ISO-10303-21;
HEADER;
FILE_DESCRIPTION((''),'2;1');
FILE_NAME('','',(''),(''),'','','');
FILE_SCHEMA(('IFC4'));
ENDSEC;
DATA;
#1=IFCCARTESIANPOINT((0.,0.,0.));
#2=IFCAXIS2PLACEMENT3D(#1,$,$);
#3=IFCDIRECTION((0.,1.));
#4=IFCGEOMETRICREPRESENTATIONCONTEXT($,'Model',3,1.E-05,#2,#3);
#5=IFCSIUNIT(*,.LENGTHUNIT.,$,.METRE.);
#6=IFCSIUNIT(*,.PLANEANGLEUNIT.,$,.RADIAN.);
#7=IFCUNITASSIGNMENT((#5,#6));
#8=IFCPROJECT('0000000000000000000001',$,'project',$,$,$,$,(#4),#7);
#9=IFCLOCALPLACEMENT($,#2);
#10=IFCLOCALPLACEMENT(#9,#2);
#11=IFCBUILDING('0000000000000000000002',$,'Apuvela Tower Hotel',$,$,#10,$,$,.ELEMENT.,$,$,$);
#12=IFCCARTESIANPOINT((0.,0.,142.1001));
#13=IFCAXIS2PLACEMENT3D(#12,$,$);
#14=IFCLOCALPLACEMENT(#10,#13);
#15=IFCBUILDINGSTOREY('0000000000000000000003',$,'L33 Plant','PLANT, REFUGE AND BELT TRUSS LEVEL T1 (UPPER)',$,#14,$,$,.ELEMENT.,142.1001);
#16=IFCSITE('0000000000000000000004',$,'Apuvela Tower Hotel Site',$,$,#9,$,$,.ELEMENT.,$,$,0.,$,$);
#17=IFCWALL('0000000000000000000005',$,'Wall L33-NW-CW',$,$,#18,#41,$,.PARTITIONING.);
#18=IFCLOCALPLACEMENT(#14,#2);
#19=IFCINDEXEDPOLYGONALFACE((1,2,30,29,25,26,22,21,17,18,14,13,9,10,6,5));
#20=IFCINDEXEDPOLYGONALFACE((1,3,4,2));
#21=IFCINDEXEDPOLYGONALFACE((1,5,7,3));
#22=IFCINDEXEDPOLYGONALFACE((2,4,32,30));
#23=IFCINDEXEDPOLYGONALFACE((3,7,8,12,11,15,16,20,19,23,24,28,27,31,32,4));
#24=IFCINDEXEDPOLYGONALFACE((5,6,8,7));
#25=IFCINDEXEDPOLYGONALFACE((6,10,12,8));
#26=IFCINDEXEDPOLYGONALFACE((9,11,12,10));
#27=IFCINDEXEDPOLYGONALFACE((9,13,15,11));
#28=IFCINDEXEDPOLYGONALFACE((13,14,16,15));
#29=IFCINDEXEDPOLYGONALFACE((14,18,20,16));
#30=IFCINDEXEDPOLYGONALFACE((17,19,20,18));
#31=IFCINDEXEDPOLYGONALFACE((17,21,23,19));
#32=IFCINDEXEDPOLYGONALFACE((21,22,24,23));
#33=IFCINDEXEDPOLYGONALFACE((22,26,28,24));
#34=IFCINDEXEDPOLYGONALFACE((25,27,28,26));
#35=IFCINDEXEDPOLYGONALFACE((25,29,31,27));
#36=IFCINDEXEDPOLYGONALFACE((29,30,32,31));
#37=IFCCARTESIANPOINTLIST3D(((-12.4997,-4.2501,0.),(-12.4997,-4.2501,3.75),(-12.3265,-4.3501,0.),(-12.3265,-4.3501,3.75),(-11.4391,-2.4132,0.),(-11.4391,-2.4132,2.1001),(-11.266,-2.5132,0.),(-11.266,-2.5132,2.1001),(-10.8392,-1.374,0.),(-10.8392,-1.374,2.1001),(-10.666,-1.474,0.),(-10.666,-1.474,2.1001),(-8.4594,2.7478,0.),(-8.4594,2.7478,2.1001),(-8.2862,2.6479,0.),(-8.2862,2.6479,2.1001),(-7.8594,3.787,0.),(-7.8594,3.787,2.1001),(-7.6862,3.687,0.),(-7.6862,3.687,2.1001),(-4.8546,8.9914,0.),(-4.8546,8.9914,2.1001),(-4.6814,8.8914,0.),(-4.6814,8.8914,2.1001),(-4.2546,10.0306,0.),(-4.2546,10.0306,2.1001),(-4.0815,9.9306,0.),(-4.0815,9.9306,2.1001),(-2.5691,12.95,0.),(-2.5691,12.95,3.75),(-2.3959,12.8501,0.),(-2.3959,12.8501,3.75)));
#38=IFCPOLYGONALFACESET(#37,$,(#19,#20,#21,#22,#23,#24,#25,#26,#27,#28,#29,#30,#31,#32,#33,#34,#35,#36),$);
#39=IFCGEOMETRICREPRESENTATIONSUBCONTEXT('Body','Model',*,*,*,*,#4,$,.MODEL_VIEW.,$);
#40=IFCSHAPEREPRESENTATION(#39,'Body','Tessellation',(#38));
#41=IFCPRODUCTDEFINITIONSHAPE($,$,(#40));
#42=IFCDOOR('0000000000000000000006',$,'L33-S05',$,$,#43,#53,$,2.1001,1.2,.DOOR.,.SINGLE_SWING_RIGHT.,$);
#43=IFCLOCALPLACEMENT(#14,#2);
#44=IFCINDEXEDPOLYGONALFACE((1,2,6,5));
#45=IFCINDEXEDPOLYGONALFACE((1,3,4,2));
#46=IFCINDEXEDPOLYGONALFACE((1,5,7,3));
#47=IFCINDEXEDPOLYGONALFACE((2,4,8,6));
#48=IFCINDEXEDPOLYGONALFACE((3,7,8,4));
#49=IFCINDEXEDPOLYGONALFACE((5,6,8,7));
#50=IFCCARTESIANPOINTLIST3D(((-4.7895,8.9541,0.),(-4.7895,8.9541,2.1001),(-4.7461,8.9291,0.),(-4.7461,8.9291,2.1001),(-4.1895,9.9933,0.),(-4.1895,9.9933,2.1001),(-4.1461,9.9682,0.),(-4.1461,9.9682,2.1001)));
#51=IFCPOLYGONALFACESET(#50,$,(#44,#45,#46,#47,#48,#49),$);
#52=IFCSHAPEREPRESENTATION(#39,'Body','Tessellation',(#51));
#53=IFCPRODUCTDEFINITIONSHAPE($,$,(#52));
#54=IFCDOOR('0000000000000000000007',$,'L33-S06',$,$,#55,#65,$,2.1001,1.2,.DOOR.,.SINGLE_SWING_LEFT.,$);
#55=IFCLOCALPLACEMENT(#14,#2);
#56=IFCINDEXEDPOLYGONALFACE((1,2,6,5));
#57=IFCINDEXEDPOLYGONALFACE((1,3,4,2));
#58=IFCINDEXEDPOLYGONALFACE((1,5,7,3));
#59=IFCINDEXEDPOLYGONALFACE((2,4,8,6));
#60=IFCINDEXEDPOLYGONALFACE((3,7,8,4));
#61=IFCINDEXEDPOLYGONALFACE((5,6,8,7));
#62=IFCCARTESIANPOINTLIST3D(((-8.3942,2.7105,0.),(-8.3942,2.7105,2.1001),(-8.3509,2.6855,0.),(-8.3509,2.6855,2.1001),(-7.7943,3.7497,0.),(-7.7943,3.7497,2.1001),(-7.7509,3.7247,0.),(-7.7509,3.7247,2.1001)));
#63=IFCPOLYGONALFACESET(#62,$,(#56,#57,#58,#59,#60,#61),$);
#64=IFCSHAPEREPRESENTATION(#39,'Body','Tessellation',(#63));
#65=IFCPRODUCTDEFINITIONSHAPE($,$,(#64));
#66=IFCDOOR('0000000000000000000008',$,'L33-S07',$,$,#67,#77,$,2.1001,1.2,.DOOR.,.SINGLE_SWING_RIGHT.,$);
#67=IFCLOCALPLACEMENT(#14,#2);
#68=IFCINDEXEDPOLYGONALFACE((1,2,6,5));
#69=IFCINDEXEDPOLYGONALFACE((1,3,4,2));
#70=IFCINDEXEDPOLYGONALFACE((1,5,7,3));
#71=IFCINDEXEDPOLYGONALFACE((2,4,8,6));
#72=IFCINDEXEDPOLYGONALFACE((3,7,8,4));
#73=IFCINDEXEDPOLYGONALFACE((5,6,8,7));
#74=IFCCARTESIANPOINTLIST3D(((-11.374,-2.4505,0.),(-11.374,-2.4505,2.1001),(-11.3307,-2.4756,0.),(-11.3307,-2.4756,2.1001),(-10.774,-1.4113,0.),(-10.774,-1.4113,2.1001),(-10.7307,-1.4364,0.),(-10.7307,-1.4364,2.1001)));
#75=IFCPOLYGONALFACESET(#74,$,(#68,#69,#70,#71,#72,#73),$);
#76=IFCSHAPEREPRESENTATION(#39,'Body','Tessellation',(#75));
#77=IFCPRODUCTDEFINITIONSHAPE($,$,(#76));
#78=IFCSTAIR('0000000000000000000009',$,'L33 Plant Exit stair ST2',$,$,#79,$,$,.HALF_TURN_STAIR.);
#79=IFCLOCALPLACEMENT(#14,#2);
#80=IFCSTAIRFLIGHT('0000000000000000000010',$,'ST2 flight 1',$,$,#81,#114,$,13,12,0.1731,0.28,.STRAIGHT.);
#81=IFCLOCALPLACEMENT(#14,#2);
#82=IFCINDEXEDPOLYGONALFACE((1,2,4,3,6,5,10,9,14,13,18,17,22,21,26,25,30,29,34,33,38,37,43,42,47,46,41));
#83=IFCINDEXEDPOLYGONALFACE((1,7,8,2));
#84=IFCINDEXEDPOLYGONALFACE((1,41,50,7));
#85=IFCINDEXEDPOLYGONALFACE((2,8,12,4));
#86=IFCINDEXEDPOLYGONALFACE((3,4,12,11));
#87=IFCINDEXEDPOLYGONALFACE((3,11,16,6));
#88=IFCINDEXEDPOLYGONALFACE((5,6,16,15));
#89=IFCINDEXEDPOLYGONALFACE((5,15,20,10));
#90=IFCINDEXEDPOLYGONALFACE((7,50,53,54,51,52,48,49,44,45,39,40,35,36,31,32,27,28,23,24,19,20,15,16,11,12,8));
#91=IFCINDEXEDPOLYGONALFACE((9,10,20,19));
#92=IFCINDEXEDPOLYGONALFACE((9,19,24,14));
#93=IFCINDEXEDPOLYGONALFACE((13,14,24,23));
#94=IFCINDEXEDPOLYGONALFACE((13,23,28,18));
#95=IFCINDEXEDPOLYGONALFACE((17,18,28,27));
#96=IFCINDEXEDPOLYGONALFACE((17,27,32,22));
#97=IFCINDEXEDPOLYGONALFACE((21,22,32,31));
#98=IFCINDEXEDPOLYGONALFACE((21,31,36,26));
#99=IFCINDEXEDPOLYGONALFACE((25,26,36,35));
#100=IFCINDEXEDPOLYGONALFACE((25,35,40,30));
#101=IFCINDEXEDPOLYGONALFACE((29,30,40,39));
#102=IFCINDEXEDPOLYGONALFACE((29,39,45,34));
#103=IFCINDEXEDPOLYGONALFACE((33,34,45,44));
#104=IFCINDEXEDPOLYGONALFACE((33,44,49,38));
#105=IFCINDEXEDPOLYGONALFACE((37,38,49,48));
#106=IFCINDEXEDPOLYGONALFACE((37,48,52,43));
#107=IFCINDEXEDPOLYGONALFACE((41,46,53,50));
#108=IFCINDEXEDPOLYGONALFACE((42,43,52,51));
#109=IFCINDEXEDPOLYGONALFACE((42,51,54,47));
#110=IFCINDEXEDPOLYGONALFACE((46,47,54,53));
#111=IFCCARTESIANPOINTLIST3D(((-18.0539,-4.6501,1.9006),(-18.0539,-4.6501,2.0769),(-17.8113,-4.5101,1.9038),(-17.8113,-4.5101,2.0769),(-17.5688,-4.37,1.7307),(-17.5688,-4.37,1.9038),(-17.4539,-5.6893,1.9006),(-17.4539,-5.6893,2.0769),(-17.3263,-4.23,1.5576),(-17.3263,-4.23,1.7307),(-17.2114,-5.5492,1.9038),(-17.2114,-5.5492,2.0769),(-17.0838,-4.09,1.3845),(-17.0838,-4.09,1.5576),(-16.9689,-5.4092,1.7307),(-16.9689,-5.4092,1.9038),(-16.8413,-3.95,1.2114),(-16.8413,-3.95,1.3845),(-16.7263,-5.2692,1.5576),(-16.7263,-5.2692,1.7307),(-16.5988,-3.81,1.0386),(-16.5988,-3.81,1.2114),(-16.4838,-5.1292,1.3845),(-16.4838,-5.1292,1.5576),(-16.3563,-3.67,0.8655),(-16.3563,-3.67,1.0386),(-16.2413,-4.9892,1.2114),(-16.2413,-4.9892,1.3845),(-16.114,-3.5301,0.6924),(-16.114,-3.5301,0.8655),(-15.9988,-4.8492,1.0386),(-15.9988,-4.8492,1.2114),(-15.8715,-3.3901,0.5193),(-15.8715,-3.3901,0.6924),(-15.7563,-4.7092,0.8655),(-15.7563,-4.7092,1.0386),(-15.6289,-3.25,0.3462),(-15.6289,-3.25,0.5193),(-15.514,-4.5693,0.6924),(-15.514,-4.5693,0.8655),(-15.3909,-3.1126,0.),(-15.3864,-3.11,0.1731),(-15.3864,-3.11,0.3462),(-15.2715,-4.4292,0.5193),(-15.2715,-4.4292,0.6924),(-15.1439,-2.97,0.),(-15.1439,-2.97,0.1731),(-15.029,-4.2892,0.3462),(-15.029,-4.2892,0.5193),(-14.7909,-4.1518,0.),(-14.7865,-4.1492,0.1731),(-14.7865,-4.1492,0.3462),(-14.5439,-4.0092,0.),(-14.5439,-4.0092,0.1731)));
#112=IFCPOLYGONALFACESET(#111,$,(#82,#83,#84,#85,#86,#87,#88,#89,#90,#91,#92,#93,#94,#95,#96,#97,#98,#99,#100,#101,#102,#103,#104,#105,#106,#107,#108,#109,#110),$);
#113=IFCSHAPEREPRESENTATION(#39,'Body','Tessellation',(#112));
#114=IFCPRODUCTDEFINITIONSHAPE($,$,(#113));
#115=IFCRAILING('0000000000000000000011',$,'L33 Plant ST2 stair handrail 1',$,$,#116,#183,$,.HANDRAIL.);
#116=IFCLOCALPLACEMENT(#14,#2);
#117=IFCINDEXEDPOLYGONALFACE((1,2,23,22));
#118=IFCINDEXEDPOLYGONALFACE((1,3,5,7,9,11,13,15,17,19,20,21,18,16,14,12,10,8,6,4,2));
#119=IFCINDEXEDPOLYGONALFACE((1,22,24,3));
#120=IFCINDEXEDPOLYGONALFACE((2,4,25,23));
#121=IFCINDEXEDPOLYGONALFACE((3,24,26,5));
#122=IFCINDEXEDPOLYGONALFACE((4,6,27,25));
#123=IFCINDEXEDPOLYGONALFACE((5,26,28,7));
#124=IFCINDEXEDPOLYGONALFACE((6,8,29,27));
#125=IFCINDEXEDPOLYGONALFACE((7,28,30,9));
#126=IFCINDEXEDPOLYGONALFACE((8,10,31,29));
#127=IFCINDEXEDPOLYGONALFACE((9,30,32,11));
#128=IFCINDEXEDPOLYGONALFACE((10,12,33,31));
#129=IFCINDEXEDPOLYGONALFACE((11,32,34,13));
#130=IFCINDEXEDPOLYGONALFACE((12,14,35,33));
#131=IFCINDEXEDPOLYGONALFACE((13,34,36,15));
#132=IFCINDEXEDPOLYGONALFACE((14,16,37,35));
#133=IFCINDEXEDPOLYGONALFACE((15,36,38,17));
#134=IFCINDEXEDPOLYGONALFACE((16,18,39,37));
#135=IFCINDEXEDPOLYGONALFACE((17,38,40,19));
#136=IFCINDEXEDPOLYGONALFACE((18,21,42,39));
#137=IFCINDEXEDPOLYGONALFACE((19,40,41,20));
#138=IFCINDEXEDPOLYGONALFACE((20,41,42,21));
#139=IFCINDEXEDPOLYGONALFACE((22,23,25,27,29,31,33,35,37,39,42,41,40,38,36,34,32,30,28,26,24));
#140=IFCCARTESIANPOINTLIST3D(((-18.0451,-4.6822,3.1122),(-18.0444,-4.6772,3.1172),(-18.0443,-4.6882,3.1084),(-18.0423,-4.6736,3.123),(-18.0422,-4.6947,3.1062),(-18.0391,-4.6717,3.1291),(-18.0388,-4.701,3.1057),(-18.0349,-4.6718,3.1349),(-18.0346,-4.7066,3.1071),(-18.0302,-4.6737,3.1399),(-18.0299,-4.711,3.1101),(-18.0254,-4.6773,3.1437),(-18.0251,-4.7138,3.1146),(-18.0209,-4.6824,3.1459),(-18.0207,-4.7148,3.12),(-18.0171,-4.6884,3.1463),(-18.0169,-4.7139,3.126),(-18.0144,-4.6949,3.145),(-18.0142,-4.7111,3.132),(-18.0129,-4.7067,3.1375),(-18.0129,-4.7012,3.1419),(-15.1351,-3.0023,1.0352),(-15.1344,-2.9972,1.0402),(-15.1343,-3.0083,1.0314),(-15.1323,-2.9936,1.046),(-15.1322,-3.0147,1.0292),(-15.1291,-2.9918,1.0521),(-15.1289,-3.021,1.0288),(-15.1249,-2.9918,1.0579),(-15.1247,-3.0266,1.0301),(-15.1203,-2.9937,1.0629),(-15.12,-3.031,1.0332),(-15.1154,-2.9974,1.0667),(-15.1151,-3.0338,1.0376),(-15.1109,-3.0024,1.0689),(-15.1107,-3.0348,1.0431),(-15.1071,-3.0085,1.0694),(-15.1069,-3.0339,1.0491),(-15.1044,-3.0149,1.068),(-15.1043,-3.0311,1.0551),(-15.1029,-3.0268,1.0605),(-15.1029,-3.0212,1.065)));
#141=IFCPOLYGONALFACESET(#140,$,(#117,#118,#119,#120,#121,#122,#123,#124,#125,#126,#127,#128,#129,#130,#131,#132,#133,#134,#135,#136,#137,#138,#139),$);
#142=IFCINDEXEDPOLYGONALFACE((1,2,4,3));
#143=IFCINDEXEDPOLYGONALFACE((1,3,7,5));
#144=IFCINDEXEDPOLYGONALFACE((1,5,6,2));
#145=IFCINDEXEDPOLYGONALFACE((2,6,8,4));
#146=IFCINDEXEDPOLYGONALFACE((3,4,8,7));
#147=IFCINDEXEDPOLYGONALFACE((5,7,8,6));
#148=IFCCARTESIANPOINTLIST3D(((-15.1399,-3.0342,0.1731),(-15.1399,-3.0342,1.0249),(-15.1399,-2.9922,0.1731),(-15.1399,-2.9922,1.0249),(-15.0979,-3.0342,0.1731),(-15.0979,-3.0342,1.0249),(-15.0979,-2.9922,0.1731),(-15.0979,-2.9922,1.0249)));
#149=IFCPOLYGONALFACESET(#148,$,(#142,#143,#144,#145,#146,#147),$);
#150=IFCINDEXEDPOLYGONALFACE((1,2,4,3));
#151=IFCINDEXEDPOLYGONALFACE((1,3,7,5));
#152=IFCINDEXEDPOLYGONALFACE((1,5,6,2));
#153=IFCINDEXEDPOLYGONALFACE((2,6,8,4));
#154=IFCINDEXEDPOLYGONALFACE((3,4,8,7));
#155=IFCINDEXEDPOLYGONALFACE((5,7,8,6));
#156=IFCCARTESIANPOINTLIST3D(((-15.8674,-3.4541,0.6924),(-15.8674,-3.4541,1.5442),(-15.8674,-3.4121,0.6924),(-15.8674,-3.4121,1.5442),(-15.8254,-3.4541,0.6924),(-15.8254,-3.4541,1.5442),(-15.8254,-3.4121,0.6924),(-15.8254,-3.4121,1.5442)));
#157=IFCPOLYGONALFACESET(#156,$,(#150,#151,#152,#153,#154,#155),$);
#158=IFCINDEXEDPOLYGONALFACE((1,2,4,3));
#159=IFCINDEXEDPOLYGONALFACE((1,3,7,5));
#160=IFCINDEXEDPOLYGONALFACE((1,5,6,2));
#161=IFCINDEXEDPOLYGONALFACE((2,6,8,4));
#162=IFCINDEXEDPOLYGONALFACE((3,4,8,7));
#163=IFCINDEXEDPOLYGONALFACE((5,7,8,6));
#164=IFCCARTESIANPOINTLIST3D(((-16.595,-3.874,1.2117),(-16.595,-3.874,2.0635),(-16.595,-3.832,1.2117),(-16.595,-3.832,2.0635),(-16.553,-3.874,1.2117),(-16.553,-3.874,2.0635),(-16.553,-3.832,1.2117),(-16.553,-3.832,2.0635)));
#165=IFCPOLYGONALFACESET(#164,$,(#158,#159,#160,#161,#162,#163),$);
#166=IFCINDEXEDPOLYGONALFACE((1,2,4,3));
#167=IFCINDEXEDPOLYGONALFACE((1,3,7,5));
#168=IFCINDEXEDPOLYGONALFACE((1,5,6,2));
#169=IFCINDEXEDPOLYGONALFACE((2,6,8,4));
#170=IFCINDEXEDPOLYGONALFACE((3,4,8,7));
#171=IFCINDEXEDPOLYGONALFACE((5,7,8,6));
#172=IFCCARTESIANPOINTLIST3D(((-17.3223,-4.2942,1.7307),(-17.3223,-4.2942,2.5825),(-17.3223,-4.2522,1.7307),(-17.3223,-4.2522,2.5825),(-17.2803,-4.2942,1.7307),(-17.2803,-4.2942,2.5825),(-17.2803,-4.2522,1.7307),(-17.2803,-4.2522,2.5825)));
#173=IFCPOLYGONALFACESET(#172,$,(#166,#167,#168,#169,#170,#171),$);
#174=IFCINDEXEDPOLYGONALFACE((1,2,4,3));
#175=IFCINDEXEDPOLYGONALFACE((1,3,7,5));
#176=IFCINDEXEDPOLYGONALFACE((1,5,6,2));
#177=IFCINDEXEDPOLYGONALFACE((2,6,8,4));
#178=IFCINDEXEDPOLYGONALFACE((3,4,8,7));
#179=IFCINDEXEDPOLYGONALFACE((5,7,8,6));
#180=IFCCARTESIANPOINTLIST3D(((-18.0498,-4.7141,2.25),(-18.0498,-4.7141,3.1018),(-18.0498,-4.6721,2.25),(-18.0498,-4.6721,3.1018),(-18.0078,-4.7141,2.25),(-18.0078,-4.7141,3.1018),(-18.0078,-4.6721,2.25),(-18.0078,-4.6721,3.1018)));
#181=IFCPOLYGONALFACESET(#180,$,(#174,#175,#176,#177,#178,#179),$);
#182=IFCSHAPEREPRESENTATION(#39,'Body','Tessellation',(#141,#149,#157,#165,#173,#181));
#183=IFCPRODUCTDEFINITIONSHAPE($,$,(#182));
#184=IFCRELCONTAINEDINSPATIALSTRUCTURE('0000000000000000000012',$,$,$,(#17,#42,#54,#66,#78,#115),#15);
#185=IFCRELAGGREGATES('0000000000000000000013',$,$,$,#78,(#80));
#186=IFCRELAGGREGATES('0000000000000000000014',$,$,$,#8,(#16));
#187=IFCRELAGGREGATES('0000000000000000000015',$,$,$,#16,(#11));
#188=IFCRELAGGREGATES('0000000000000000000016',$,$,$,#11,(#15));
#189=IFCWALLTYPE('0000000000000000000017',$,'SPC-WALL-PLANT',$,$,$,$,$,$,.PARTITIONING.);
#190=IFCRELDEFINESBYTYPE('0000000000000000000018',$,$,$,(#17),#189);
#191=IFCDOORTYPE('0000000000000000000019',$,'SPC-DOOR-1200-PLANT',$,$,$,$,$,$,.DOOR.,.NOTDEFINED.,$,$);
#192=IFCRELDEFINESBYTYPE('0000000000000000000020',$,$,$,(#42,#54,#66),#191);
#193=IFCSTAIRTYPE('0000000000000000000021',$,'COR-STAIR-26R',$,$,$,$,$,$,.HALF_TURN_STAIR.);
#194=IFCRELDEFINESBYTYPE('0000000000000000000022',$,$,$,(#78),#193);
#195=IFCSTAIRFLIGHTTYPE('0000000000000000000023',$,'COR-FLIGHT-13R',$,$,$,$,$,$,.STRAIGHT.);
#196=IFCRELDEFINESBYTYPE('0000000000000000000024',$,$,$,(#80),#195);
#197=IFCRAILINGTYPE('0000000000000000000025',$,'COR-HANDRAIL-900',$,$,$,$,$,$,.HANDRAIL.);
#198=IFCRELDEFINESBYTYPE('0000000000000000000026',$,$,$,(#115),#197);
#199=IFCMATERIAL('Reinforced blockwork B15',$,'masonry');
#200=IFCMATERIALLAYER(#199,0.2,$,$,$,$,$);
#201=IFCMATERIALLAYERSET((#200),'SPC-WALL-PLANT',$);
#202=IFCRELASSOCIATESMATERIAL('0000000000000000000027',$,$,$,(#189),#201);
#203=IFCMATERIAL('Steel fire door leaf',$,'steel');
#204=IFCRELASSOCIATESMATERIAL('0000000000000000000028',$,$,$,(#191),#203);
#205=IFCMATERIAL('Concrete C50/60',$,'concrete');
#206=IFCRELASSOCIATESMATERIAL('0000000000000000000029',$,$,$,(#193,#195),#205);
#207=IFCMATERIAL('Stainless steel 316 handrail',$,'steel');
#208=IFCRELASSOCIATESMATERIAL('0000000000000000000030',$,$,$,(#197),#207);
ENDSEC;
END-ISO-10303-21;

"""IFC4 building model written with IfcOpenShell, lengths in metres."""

from ifc_helpers import new_model, si_unit, direction, frame, frame_2d, origin, origin_2d, place, context, subcontext, project, spatial, polyline, rectangle, circle, outline, extrude, material, layer, layer_set, type_object, element, fill, aggregate, save


model = new_model("IFC4")

# Units and contexts
model_context = context("Model", 3, precision=1e-05, world=origin(), true_north=direction((0.0, 1.0)))
body_context = subcontext(model_context, "Body", "Model", "MODEL_VIEW")
ifc_project = project(units=[si_unit("LENGTHUNIT", "METRE"), si_unit("PLANEANGLEUNIT", "RADIAN")], contexts=[model_context])

# Site, building, storey
site_placement = place(None, origin())
site = spatial("IfcSite", under=ifc_project, at=site_placement, Name="Apuvela Tower Hotel Site", CompositionType="ELEMENT", RefElevation=0.0)
building_placement = place(site_placement, origin())
building = spatial("IfcBuilding", under=site, at=building_placement, Name="Apuvela Tower Hotel", CompositionType="ELEMENT")
storey_placement = place(building_placement, frame((0.0, 0.0, 142.1001)))
storey = spatial("IfcBuildingStorey", under=building, at=storey_placement, Name="L33 Plant", Description="PLANT, REFUGE AND BELT TRUSS LEVEL T1 (UPPER)", CompositionType="ELEMENT", Elevation=142.1001)

# Shared definitions
ifc_material_1 = material(Name="Concrete C50/60", Category="concrete")

# Shared definitions
ifc_material_2 = material(Name="Reinforced blockwork B15", Category="masonry")
ifc_layer_1 = layer(ifc_material_2, 0.2)
ifc_layer_set_1 = layer_set([ifc_layer_1], Name="SPC-WALL-PLANT")
wall_type_1 = type_object("IfcWallType", Name="SPC-WALL-PLANT", PredefinedType="PARTITIONING", material=ifc_layer_set_1)

# Wall, openings, doors
wall_1_placement = place(storey_placement, frame((-2.4824, 12.9001, 0.0), z_axis=(0.0, 0.0, 1.0), x_axis=(-0.500005, -0.866023, 0.0)))
wall_1 = element("IfcWall", 1, at=wall_1_placement, inside=storey, type_object=wall_type_1, Name="Wall L33-NW-CW", PredefinedType="PARTITIONING", context=body_context, shape_type="SweptSolid", body=[
    extrude(rectangle(XDim=19.8611, YDim=0.2, at=frame_2d((9.9307, 0.0))), origin(), (0.0, 0.0, 1.0), 3.75),
])
opening_1_placement = place(wall_1_placement, frame((3.3711, 0.0, 0.0)))
opening_1 = element("IfcOpeningElement", 2, at=opening_1_placement, cuts=wall_1, PredefinedType="OPENING", context=body_context, shape_type="SweptSolid", body=[
    extrude(rectangle(XDim=1.2, YDim=2.1001, at=frame_2d((0.6001, 1.05))), frame((0.0, 0.1099, 0.0), z_axis=(0.0, -1.0, 0.0), x_axis=(1.0, 0.0, 0.0)), (0.0, 0.0, 1.0), 0.22),
])
opening_2_placement = place(wall_1_placement, frame((10.5806, 0.0, 0.0)))
opening_2 = element("IfcOpeningElement", 3, at=opening_2_placement, cuts=wall_1, PredefinedType="OPENING", context=body_context, shape_type="SweptSolid", body=[
    extrude(rectangle(XDim=1.2, YDim=2.1001, at=frame_2d((0.6001, 1.05))), frame((0.0, 0.1099, 0.0), z_axis=(0.0, -1.0, 0.0), x_axis=(1.0, 0.0, 0.0)), (0.0, 0.0, 1.0), 0.22),
])
opening_3_placement = place(wall_1_placement, frame((16.54, 0.0, 0.0)))
opening_3 = element("IfcOpeningElement", 4, at=opening_3_placement, cuts=wall_1, PredefinedType="OPENING", context=body_context, shape_type="SweptSolid", body=[
    extrude(rectangle(XDim=1.2, YDim=2.1001, at=frame_2d((0.6001, 1.05))), frame((0.0, 0.1099, 0.0), z_axis=(0.0, -1.0, 0.0), x_axis=(1.0, 0.0, 0.0)), (0.0, 0.0, 1.0), 0.22),
])
ifc_material_3 = material(Name="Steel fire door leaf", Category="steel")
door_type_1 = type_object("IfcDoorType", Name="SPC-DOOR-1200-PLANT", OperationType="NOTDEFINED", PredefinedType="DOOR", material=ifc_material_3)
door_1_placement = place(opening_1_placement, frame((1.2, 0.0, 0.0), z_axis=(0.0, 0.0, 1.0), x_axis=(-1.0, 0.0, 0.0)))
door_1 = element("IfcDoor", 5, at=door_1_placement, inside=storey, type_object=door_type_1, Name="L33-S05", OperationType="SINGLE_SWING_RIGHT", OverallHeight=2.1001, OverallWidth=1.2, PredefinedType="DOOR", context=body_context, shape_type="SweptSolid", body=[
    extrude(rectangle(XDim=1.2, YDim=2.1001, at=frame_2d((0.6001, 1.05))), frame((0.0, 0.0249, 0.0), z_axis=(0.0, -1.0, 0.0), x_axis=(1.0, 0.0, 0.0)), (0.0, 0.0, 1.0), 0.05),
])
fill(opening_1, door_1)
door_2_placement = place(opening_2_placement, frame((1.2, 0.0, 0.0), z_axis=(0.0, 0.0, 1.0), x_axis=(-1.0, 0.0, 0.0)))
door_2 = element("IfcDoor", 6, at=door_2_placement, inside=storey, type_object=door_type_1, Name="L33-S06", OperationType="SINGLE_SWING_LEFT", OverallHeight=2.1001, OverallWidth=1.2, PredefinedType="DOOR", context=body_context, shape_type="SweptSolid", body=[
    extrude(rectangle(XDim=1.2, YDim=2.1001, at=frame_2d((0.6001, 1.05))), frame((0.0, 0.0249, 0.0), z_axis=(0.0, -1.0, 0.0), x_axis=(1.0, 0.0, 0.0)), (0.0, 0.0, 1.0), 0.05),
])
fill(opening_2, door_2)
door_3_placement = place(opening_3_placement, frame((1.2, 0.0, 0.0), z_axis=(0.0, 0.0, 1.0), x_axis=(-1.0, 0.0, 0.0)))
door_3 = element("IfcDoor", 7, at=door_3_placement, inside=storey, type_object=door_type_1, Name="L33-S07", OperationType="SINGLE_SWING_RIGHT", OverallHeight=2.1001, OverallWidth=1.2, PredefinedType="DOOR", context=body_context, shape_type="SweptSolid", body=[
    extrude(rectangle(XDim=1.2, YDim=2.1001, at=frame_2d((0.6001, 1.05))), frame((0.0, 0.0249, 0.0), z_axis=(0.0, -1.0, 0.0), x_axis=(1.0, 0.0, 0.0)), (0.0, 0.0, 1.0), 0.05),
])
fill(opening_3, door_3)

# Stair, stair flight
stair_type = type_object("IfcStairType", Name="COR-STAIR-26R", PredefinedType="HALF_TURN_STAIR", material=ifc_material_1)
stair_placement = place(storey_placement, origin())
stair = element("IfcStair", 8, at=stair_placement, inside=storey, type_object=stair_type, Name="L33 Plant Exit stair ST2", PredefinedType="HALF_TURN_STAIR")
stair_flight_type = type_object("IfcStairFlightType", Name="COR-FLIGHT-13R", PredefinedType="STRAIGHT", material=ifc_material_1)
stair_flight_placement = place(storey_placement, frame((-14.844, -3.4895, 0.0), z_axis=(0.0, 0.0, 1.0), x_axis=(-0.866025, -0.5, 0.0)))
stair_flight = element("IfcStairFlight", 9, at=stair_flight_placement, type_object=stair_flight_type, Name="ST2 flight 1", NumberOfRisers=13, NumberOfTreads=12, PredefinedType="STRAIGHT", RiserHeight=0.1731, TreadLength=0.28, context=body_context, shape_type="SweptSolid", body=[
    extrude(outline(polyline([(0.0, 0.0), (0.0, 0.1731), (0.28, 0.1731), (0.28, 0.3462), (0.5601, 0.3462), (0.5601, 0.5193), (0.8401, 0.5193), (0.8401, 0.6924), (1.1201, 0.6924), (1.1201, 0.8655), (1.3999, 0.8655), (1.3999, 1.0386), (1.6799, 1.0386), (1.6799, 1.2114), (1.96, 1.2114), (1.96, 1.3845), (2.24, 1.3845), (2.24, 1.5576), (2.52, 1.5576), (2.52, 1.7307), (2.8, 1.7307), (2.8, 1.9038), (3.0801, 1.9038), (3.0801, 2.0769), (3.3601, 2.0769), (3.3601, 2.25), (3.3601, 1.9006), (0.2852, 0.0), (0.0, 0.0)])), frame((0.0, 0.6001, 0.0), z_axis=(0.0, -1.0, 0.0), x_axis=(1.0, 0.0, 0.0)), (0.0, 0.0, 1.0), 1.2),
])
aggregate(stair, [stair_flight])

# Railing
ifc_material_4 = material(Name="Stainless steel 316 handrail", Category="steel")
railing_type_1 = type_object("IfcRailingType", Name="COR-HANDRAIL-900", PredefinedType="HANDRAIL", material=ifc_material_4)
railing_1_placement = place(storey_placement, frame((-15.1189, -3.0132, 0.1731)))
element("IfcRailing", 10, at=railing_1_placement, inside=storey, type_object=railing_type_1, Name="L33 Plant ST2 stair handrail 1", PredefinedType="HANDRAIL", context=body_context, shape_type="SweptSolid", body=[
    extrude(circle(Radius=0.0239, at=origin_2d()), frame((0.0, 0.0, 0.876), z_axis=(-0.736668, -0.425288, 0.525785), x_axis=(0.499976, -0.866039, 0.0)), (0.0, 0.0, 1.0), 3.9502),
    extrude(rectangle(XDim=0.042, YDim=0.042, at=origin_2d()), origin(), (0.0, 0.0, 1.0), 0.8518),
    extrude(rectangle(XDim=0.042, YDim=0.042, at=origin_2d()), frame((-0.7275, -0.4199, 0.5193)), (0.0, 0.0, 1.0), 0.8518),
    extrude(rectangle(XDim=0.042, YDim=0.042, at=origin_2d()), frame((-1.4551, -0.8398, 1.0386)), (0.0, 0.0, 1.0), 0.8518),
    extrude(rectangle(XDim=0.042, YDim=0.042, at=origin_2d()), frame((-2.1824, -1.26, 1.5576)), (0.0, 0.0, 1.0), 0.8518),
    extrude(rectangle(XDim=0.042, YDim=0.042, at=origin_2d()), frame((-2.9099, -1.6799, 2.0769)), (0.0, 0.0, 1.0), 0.8518),
])

save(model, "model.ifc")
